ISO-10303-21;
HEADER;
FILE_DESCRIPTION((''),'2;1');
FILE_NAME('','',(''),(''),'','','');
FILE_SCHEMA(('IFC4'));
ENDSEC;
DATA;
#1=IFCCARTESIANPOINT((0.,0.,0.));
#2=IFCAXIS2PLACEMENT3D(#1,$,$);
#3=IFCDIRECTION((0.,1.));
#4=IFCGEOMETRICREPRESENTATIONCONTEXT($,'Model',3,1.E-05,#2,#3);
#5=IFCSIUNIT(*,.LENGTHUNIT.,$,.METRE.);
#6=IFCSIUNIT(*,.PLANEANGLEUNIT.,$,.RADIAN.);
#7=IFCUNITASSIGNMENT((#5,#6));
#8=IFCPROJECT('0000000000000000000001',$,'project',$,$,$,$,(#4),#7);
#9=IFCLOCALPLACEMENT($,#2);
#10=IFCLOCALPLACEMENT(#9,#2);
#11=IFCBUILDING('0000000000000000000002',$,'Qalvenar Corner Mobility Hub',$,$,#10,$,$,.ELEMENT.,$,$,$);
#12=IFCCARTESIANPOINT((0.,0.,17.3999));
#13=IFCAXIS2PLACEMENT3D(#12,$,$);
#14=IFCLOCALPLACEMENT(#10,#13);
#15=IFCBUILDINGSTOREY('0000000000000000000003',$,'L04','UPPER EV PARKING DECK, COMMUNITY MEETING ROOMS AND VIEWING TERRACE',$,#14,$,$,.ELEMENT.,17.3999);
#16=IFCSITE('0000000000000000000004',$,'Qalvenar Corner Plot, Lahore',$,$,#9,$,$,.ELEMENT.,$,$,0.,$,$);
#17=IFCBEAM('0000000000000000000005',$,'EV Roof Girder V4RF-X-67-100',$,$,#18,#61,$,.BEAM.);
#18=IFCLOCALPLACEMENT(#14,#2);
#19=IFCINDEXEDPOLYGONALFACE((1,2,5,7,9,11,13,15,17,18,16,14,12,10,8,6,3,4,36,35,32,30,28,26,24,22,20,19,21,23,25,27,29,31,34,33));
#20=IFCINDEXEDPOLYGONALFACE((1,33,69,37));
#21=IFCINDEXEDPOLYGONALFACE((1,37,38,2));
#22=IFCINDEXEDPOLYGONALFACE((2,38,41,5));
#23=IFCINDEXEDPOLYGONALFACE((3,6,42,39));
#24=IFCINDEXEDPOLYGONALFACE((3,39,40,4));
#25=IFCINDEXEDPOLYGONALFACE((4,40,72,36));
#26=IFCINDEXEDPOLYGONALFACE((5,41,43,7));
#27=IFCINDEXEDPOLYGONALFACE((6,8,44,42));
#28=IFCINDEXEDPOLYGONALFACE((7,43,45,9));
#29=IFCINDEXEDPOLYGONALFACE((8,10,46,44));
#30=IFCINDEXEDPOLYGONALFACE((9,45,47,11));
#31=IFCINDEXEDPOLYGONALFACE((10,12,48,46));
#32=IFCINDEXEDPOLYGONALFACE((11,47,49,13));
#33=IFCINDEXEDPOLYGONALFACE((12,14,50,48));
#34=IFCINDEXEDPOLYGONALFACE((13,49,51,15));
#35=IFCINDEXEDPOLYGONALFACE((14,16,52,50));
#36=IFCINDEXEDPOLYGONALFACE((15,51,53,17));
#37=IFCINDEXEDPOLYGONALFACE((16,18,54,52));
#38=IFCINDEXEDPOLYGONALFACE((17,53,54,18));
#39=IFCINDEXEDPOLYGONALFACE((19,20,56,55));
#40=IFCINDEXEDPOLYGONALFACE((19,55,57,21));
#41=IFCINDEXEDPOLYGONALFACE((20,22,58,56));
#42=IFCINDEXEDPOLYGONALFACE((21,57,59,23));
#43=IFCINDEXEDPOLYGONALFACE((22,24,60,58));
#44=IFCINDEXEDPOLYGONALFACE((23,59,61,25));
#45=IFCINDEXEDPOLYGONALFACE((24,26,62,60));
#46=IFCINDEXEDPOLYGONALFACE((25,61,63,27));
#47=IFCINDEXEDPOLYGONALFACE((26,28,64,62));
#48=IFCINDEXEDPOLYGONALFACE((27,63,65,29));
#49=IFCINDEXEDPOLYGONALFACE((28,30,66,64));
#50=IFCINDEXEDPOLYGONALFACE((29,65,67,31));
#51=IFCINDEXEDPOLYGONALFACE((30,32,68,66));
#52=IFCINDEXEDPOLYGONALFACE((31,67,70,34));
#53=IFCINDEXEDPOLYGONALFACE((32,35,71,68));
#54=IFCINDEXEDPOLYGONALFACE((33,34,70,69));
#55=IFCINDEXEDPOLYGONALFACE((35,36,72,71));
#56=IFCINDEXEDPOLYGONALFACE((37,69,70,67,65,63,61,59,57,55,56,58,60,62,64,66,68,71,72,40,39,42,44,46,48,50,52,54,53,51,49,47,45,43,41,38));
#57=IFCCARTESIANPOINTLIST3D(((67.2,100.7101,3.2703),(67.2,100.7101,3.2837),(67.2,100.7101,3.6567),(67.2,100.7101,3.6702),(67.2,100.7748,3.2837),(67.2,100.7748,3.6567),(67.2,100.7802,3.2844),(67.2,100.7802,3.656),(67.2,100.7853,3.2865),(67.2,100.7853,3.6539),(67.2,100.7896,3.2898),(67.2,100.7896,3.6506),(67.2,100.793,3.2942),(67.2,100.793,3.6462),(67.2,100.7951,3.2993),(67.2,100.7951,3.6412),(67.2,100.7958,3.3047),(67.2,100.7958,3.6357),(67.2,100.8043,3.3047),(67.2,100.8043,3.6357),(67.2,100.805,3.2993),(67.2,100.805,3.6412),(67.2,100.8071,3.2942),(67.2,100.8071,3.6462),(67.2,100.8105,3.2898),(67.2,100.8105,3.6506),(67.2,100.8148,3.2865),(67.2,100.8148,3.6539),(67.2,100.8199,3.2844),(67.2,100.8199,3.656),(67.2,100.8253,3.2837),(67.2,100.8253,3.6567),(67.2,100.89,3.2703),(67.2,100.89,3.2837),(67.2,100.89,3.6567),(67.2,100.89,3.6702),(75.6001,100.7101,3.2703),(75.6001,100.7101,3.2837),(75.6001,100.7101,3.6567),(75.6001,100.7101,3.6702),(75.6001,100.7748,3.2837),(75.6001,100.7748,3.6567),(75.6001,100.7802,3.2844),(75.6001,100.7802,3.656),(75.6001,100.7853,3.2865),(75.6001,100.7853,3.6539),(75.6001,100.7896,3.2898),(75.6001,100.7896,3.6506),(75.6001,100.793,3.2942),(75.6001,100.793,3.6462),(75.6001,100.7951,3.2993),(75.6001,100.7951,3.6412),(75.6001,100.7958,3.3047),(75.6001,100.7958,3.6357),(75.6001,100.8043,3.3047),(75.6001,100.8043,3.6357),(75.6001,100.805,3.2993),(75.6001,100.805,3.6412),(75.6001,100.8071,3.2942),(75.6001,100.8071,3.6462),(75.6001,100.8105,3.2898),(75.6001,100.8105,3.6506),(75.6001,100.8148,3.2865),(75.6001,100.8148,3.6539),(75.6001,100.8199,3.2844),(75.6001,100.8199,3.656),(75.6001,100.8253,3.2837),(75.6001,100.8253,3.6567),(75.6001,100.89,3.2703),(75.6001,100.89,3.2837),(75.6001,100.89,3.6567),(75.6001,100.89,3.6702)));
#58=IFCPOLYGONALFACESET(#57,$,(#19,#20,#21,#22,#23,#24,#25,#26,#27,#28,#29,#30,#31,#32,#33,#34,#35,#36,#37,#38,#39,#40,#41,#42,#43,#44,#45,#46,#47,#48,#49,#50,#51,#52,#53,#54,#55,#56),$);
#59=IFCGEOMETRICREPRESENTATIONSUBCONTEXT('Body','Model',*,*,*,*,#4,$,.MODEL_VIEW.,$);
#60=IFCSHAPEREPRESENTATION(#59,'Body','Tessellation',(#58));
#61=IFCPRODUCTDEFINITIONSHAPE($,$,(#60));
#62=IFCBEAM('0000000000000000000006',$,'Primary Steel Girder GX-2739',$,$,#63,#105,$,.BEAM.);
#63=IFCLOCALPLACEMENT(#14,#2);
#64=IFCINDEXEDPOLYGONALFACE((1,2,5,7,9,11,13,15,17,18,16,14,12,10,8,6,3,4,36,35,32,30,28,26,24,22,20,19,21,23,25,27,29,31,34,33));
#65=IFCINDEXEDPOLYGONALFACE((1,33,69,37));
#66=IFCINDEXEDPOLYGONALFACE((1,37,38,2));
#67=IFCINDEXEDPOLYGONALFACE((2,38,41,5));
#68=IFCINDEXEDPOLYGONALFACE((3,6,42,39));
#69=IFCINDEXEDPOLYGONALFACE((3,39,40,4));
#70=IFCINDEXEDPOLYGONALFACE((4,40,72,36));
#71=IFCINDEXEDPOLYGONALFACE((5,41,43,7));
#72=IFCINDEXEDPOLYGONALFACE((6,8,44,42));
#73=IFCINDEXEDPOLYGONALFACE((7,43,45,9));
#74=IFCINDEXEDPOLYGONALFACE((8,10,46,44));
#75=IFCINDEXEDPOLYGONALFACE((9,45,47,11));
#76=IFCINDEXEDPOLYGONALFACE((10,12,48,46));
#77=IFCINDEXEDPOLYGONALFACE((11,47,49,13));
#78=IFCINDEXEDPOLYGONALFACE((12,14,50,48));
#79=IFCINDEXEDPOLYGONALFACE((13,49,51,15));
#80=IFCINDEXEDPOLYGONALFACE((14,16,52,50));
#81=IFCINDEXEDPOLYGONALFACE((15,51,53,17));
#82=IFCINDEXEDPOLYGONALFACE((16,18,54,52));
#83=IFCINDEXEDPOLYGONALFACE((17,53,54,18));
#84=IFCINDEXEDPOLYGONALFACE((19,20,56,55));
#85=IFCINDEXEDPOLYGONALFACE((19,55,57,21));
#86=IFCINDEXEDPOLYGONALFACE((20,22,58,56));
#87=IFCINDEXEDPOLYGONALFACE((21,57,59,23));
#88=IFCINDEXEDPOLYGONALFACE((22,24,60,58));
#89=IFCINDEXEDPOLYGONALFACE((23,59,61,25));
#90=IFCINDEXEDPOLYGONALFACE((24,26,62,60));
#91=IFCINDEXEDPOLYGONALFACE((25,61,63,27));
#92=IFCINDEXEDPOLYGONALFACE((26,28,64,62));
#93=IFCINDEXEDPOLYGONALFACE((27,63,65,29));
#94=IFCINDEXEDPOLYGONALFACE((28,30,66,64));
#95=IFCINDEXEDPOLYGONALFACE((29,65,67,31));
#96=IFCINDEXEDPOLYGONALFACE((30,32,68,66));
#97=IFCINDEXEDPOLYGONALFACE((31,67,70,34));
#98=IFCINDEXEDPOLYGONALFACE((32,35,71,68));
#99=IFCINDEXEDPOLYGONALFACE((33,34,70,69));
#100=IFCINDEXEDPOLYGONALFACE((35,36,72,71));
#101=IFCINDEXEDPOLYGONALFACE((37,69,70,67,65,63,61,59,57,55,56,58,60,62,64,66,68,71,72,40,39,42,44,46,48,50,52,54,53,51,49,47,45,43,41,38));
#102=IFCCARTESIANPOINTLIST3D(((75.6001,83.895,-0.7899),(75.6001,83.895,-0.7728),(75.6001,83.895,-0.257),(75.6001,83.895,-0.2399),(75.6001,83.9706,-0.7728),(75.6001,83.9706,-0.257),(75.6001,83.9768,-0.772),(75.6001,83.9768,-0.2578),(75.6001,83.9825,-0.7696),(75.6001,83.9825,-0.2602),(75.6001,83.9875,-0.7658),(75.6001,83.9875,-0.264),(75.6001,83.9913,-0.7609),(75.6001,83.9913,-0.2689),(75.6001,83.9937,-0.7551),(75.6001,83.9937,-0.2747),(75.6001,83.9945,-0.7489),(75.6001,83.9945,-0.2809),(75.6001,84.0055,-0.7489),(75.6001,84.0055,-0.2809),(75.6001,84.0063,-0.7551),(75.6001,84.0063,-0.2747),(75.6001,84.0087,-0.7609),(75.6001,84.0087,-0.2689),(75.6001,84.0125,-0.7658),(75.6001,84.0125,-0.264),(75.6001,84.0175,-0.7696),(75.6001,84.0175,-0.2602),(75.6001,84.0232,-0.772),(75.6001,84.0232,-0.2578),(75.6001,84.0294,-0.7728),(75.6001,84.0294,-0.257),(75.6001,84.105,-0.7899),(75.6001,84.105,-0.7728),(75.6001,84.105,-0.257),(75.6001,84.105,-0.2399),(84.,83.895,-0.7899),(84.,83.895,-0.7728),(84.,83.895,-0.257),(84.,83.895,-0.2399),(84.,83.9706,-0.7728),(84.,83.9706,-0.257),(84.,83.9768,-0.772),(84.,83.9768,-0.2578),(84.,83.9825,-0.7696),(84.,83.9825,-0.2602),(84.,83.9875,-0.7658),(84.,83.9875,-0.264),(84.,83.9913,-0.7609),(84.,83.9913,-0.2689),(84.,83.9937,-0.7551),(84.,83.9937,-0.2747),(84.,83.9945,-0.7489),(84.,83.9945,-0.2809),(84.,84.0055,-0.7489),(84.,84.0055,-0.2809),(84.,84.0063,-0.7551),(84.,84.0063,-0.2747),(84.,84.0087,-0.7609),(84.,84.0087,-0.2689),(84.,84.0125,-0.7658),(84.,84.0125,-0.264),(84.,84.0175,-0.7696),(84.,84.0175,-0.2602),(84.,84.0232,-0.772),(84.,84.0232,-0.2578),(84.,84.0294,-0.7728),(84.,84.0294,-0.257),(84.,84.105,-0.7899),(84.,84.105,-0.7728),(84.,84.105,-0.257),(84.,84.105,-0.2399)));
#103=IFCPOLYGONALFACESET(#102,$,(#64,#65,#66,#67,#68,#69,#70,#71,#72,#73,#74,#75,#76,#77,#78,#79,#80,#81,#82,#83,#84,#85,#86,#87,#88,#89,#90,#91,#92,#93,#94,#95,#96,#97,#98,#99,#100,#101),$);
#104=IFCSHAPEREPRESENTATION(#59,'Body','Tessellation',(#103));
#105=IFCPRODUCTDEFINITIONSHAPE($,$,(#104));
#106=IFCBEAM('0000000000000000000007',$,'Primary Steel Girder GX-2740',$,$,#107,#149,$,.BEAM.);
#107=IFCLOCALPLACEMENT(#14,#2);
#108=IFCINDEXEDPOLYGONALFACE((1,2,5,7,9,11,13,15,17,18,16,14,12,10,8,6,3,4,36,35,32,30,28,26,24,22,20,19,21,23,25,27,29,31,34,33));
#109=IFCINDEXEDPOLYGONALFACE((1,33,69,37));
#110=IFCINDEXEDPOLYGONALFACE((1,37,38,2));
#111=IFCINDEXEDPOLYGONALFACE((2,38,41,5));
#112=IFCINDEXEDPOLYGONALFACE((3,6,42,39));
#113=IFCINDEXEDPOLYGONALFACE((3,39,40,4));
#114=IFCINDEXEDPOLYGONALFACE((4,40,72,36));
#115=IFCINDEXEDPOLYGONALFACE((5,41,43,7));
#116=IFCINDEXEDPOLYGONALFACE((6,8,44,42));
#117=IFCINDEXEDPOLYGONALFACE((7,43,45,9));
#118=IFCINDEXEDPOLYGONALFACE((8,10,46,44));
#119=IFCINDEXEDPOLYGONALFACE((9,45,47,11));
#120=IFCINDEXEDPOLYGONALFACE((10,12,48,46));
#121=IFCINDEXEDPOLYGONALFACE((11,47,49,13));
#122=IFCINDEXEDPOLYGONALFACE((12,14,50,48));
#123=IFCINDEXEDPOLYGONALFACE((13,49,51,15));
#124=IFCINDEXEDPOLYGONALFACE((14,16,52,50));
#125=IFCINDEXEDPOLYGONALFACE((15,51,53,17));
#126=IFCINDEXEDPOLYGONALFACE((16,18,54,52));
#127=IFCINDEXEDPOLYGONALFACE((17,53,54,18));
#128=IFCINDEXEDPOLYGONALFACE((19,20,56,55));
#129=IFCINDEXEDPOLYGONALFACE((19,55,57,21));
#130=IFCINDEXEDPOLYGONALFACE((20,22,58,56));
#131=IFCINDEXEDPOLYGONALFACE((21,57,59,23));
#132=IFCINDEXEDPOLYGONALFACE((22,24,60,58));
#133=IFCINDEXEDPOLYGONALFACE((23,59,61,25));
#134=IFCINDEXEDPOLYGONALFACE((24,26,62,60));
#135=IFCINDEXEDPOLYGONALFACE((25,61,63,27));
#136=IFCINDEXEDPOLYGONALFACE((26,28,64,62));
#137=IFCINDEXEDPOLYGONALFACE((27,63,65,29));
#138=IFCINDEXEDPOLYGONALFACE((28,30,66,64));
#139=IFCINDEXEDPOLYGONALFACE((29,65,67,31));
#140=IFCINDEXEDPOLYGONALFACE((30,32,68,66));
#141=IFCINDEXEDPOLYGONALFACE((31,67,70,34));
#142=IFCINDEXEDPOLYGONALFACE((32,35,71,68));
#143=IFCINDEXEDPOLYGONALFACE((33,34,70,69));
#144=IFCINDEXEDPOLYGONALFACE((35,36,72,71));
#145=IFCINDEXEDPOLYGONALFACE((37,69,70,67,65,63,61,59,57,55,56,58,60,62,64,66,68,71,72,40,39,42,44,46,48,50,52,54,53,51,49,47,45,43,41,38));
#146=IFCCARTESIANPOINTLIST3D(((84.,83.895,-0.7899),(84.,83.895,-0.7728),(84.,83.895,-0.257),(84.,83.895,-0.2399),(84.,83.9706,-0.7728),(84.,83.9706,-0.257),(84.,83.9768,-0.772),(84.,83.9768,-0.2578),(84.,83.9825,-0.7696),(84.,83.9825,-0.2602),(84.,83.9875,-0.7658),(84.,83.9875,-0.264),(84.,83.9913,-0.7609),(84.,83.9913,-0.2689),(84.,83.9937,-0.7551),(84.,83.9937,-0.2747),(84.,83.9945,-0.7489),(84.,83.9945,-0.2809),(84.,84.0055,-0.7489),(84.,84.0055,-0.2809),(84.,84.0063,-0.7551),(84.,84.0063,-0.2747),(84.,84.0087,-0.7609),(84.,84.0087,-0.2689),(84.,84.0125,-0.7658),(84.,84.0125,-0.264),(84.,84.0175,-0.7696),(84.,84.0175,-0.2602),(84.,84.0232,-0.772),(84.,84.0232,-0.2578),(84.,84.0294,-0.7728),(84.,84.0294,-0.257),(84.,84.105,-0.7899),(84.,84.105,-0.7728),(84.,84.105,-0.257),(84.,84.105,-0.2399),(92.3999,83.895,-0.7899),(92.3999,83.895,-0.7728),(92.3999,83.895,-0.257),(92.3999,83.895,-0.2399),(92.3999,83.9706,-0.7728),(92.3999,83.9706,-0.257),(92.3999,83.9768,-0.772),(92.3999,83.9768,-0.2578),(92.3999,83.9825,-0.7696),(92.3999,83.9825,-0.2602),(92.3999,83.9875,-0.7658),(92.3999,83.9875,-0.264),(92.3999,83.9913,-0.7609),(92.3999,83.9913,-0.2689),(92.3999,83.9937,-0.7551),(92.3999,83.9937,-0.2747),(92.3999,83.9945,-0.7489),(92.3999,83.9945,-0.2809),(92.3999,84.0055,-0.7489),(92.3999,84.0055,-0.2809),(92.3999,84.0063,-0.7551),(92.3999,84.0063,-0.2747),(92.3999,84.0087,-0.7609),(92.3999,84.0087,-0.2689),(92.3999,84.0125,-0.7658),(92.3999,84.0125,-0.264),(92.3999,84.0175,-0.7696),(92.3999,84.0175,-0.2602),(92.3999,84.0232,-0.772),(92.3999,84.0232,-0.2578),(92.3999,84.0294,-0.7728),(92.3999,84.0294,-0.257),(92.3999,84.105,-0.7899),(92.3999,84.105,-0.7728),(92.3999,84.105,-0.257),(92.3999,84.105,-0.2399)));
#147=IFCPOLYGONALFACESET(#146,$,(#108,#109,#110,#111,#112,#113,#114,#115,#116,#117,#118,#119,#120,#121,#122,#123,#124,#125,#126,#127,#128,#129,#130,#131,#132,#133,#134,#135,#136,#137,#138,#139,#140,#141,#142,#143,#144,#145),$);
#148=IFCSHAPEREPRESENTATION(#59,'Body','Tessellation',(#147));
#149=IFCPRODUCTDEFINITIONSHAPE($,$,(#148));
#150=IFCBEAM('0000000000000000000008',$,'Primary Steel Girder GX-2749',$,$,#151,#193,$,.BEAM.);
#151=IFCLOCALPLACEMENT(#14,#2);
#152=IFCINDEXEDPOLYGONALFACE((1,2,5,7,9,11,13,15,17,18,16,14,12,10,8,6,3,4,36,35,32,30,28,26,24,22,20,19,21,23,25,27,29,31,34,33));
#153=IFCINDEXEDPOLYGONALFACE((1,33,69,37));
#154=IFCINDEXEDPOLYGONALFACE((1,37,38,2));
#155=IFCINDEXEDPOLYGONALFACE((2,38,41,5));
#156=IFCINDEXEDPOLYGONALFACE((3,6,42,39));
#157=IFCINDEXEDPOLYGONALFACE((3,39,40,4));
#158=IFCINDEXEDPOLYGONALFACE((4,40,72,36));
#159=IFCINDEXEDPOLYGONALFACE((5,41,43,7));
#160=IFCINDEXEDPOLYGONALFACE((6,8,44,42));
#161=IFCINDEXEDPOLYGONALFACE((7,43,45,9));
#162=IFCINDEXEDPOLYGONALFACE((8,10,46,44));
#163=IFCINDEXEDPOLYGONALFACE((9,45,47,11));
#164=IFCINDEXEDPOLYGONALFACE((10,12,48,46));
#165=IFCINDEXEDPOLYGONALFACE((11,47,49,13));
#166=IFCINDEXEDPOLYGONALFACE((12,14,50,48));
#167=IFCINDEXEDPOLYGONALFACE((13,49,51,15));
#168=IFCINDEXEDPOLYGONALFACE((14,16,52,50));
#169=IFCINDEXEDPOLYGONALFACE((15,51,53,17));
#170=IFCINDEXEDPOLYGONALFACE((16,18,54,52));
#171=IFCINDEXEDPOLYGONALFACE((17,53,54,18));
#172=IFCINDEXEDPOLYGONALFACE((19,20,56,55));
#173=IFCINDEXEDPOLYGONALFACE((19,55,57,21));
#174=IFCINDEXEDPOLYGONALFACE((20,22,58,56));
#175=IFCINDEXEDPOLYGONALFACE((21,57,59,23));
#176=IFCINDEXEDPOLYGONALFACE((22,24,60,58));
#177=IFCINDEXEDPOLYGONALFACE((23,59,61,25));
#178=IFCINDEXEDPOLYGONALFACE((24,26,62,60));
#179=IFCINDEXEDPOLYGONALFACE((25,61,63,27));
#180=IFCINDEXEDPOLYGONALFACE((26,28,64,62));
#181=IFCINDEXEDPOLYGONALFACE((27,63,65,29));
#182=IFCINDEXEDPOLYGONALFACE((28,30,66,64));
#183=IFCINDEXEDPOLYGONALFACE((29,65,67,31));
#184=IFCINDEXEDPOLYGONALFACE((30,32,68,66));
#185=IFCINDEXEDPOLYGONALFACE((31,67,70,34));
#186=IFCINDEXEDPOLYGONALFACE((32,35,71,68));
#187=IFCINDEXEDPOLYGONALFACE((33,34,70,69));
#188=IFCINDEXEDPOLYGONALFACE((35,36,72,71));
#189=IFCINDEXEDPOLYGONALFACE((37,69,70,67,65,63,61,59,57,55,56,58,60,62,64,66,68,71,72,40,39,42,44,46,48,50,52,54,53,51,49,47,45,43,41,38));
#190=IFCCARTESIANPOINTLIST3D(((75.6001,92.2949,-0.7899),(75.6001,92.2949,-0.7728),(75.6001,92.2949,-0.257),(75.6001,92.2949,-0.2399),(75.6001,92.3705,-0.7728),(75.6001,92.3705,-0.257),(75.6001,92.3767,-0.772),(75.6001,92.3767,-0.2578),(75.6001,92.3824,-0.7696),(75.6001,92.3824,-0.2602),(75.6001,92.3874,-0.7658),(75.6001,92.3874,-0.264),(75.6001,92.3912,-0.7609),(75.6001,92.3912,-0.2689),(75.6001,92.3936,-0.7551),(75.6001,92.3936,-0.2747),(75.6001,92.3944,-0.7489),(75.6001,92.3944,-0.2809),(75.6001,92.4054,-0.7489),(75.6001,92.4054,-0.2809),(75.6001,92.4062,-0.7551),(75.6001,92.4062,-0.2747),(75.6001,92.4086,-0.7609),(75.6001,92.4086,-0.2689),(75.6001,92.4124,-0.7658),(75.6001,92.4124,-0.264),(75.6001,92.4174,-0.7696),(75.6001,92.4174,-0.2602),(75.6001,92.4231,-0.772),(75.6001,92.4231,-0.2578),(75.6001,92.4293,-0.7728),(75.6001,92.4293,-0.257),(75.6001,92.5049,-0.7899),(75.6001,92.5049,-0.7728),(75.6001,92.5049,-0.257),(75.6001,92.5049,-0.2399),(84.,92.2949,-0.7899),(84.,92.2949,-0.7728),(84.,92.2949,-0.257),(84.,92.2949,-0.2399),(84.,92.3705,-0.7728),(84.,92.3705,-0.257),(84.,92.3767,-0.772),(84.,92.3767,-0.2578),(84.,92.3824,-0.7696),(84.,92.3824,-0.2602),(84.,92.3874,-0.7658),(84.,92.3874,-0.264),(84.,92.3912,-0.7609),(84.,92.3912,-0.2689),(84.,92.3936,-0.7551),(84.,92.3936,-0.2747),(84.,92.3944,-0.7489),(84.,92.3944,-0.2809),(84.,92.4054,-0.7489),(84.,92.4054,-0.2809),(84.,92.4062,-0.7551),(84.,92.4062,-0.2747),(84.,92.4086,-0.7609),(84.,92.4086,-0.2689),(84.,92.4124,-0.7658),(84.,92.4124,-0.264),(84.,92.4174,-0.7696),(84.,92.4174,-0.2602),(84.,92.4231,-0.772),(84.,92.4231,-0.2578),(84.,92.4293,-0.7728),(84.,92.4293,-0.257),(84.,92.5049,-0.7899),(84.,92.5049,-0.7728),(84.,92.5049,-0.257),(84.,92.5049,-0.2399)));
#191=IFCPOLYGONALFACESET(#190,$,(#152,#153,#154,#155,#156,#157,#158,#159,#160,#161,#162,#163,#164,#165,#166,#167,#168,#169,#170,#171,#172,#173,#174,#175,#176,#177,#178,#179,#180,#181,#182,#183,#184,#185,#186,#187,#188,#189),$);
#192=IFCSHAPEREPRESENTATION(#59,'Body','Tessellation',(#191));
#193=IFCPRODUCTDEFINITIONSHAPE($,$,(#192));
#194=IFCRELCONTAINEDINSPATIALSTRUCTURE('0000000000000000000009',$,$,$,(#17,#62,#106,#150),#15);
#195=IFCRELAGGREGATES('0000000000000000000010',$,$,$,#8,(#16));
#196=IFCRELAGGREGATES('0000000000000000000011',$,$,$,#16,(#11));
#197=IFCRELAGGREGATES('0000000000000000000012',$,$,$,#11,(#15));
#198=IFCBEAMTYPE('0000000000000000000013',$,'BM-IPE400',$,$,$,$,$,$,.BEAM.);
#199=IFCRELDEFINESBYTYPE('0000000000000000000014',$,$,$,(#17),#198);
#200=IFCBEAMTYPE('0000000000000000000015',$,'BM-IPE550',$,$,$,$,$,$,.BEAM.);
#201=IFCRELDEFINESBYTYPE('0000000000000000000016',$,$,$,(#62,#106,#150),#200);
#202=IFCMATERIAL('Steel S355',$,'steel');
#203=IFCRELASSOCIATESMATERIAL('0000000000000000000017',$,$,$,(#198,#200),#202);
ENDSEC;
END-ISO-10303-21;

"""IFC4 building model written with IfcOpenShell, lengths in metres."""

from ifc_helpers import new_model, si_unit, direction, frame, origin, origin_2d, place, context, subcontext, project, spatial, i_section, extrude, material, material_profile, profile_set, type_object, element, save


model = new_model("IFC4")

# Units and contexts
model_context = context("Model", 3, precision=1e-05, world=origin(), true_north=direction((0.0, 1.0)))
body_context = subcontext(model_context, "Body", "Model", "MODEL_VIEW")
ifc_project = project(units=[si_unit("LENGTHUNIT", "METRE"), si_unit("PLANEANGLEUNIT", "RADIAN")], contexts=[model_context])

# Site, building, storey
site_placement = place(None, origin())
site = spatial("IfcSite", under=ifc_project, at=site_placement, Name="Qalvenar Corner Plot, Lahore", CompositionType="ELEMENT", RefElevation=0.0)
building_placement = place(site_placement, origin())
building = spatial("IfcBuilding", under=site, at=building_placement, Name="Qalvenar Corner Mobility Hub", CompositionType="ELEMENT")
storey_placement = place(building_placement, frame((0.0, 0.0, 17.3999)))
storey = spatial("IfcBuildingStorey", under=building, at=storey_placement, Name="L04", Description="UPPER EV PARKING DECK, COMMUNITY MEETING ROOMS AND VIEWING TERRACE", CompositionType="ELEMENT", Elevation=17.3999)

# Shared definitions
ifc_material_1 = material(Name="Steel S355", Category="steel")

# Beams
ifc_material_profile_1 = material_profile(ifc_material_1, i_section(OverallWidth=0.1799, OverallDepth=0.3999, WebThickness=0.0085, FlangeThickness=0.0134, FilletRadius=0.021, at=origin_2d()), Name="IPE400")
ifc_profile_set_1 = profile_set([ifc_material_profile_1], Name="Steel S355")
beam_type_1 = type_object("IfcBeamType", Name="BM-IPE400", PredefinedType="BEAM", material=ifc_profile_set_1)
beam_1_placement = place(storey_placement, frame((67.2, 100.8, 3.4702), z_axis=(1.0, 0.0, 0.0), x_axis=(0.0, 1.0, 0.0)))
element("IfcBeam", 1, at=beam_1_placement, inside=storey, type_object=beam_type_1, Name="EV Roof Girder V4RF-X-67-100", PredefinedType="BEAM", context=body_context, shape_type="SweptSolid", body=[
    extrude(i_section(OverallWidth=0.1799, OverallDepth=0.3999, WebThickness=0.0085, FlangeThickness=0.0134, FilletRadius=0.021, at=origin_2d()), origin(), (0.0, 0.0, 1.0), 8.4001),
])
ifc_material_profile_2 = material_profile(ifc_material_1, i_section(OverallWidth=0.21, OverallDepth=0.55, WebThickness=0.011, FlangeThickness=0.0171, FilletRadius=0.0239, at=origin_2d()), Name="IPE550")
ifc_profile_set_2 = profile_set([ifc_material_profile_2], Name="Steel S355")
beam_type_2 = type_object("IfcBeamType", Name="BM-IPE550", PredefinedType="BEAM", material=ifc_profile_set_2)
for number, where, z_axis, x_axis, name in (
    (2, (75.6001, 84.0, -0.5149), (1.0, 0.0, 0.0), (0.0, 1.0, 0.0), "Primary Steel Girder GX-2739"),
    (3, (84.0, 84.0, -0.5149), (1.0, 0.0, 0.0), (0.0, 1.0, 0.0), "Primary Steel Girder GX-2740"),
    (4, (75.6001, 92.3999, -0.5149), (1.0, 0.0, 0.0), (0.0, 1.0, 0.0), "Primary Steel Girder GX-2749"),
):
    element("IfcBeam", number, at=place(storey_placement, frame(where, z_axis=z_axis, x_axis=x_axis)), inside=storey, type_object=beam_type_2, Name=name, PredefinedType="BEAM", context=body_context, shape_type="SweptSolid", body=[
        extrude(i_section(OverallWidth=0.21, OverallDepth=0.55, WebThickness=0.011, FlangeThickness=0.0171, FilletRadius=0.0239, at=origin_2d()), origin(), (0.0, 0.0, 1.0), 8.3999),
    ])

save(model, "model.ifc")
